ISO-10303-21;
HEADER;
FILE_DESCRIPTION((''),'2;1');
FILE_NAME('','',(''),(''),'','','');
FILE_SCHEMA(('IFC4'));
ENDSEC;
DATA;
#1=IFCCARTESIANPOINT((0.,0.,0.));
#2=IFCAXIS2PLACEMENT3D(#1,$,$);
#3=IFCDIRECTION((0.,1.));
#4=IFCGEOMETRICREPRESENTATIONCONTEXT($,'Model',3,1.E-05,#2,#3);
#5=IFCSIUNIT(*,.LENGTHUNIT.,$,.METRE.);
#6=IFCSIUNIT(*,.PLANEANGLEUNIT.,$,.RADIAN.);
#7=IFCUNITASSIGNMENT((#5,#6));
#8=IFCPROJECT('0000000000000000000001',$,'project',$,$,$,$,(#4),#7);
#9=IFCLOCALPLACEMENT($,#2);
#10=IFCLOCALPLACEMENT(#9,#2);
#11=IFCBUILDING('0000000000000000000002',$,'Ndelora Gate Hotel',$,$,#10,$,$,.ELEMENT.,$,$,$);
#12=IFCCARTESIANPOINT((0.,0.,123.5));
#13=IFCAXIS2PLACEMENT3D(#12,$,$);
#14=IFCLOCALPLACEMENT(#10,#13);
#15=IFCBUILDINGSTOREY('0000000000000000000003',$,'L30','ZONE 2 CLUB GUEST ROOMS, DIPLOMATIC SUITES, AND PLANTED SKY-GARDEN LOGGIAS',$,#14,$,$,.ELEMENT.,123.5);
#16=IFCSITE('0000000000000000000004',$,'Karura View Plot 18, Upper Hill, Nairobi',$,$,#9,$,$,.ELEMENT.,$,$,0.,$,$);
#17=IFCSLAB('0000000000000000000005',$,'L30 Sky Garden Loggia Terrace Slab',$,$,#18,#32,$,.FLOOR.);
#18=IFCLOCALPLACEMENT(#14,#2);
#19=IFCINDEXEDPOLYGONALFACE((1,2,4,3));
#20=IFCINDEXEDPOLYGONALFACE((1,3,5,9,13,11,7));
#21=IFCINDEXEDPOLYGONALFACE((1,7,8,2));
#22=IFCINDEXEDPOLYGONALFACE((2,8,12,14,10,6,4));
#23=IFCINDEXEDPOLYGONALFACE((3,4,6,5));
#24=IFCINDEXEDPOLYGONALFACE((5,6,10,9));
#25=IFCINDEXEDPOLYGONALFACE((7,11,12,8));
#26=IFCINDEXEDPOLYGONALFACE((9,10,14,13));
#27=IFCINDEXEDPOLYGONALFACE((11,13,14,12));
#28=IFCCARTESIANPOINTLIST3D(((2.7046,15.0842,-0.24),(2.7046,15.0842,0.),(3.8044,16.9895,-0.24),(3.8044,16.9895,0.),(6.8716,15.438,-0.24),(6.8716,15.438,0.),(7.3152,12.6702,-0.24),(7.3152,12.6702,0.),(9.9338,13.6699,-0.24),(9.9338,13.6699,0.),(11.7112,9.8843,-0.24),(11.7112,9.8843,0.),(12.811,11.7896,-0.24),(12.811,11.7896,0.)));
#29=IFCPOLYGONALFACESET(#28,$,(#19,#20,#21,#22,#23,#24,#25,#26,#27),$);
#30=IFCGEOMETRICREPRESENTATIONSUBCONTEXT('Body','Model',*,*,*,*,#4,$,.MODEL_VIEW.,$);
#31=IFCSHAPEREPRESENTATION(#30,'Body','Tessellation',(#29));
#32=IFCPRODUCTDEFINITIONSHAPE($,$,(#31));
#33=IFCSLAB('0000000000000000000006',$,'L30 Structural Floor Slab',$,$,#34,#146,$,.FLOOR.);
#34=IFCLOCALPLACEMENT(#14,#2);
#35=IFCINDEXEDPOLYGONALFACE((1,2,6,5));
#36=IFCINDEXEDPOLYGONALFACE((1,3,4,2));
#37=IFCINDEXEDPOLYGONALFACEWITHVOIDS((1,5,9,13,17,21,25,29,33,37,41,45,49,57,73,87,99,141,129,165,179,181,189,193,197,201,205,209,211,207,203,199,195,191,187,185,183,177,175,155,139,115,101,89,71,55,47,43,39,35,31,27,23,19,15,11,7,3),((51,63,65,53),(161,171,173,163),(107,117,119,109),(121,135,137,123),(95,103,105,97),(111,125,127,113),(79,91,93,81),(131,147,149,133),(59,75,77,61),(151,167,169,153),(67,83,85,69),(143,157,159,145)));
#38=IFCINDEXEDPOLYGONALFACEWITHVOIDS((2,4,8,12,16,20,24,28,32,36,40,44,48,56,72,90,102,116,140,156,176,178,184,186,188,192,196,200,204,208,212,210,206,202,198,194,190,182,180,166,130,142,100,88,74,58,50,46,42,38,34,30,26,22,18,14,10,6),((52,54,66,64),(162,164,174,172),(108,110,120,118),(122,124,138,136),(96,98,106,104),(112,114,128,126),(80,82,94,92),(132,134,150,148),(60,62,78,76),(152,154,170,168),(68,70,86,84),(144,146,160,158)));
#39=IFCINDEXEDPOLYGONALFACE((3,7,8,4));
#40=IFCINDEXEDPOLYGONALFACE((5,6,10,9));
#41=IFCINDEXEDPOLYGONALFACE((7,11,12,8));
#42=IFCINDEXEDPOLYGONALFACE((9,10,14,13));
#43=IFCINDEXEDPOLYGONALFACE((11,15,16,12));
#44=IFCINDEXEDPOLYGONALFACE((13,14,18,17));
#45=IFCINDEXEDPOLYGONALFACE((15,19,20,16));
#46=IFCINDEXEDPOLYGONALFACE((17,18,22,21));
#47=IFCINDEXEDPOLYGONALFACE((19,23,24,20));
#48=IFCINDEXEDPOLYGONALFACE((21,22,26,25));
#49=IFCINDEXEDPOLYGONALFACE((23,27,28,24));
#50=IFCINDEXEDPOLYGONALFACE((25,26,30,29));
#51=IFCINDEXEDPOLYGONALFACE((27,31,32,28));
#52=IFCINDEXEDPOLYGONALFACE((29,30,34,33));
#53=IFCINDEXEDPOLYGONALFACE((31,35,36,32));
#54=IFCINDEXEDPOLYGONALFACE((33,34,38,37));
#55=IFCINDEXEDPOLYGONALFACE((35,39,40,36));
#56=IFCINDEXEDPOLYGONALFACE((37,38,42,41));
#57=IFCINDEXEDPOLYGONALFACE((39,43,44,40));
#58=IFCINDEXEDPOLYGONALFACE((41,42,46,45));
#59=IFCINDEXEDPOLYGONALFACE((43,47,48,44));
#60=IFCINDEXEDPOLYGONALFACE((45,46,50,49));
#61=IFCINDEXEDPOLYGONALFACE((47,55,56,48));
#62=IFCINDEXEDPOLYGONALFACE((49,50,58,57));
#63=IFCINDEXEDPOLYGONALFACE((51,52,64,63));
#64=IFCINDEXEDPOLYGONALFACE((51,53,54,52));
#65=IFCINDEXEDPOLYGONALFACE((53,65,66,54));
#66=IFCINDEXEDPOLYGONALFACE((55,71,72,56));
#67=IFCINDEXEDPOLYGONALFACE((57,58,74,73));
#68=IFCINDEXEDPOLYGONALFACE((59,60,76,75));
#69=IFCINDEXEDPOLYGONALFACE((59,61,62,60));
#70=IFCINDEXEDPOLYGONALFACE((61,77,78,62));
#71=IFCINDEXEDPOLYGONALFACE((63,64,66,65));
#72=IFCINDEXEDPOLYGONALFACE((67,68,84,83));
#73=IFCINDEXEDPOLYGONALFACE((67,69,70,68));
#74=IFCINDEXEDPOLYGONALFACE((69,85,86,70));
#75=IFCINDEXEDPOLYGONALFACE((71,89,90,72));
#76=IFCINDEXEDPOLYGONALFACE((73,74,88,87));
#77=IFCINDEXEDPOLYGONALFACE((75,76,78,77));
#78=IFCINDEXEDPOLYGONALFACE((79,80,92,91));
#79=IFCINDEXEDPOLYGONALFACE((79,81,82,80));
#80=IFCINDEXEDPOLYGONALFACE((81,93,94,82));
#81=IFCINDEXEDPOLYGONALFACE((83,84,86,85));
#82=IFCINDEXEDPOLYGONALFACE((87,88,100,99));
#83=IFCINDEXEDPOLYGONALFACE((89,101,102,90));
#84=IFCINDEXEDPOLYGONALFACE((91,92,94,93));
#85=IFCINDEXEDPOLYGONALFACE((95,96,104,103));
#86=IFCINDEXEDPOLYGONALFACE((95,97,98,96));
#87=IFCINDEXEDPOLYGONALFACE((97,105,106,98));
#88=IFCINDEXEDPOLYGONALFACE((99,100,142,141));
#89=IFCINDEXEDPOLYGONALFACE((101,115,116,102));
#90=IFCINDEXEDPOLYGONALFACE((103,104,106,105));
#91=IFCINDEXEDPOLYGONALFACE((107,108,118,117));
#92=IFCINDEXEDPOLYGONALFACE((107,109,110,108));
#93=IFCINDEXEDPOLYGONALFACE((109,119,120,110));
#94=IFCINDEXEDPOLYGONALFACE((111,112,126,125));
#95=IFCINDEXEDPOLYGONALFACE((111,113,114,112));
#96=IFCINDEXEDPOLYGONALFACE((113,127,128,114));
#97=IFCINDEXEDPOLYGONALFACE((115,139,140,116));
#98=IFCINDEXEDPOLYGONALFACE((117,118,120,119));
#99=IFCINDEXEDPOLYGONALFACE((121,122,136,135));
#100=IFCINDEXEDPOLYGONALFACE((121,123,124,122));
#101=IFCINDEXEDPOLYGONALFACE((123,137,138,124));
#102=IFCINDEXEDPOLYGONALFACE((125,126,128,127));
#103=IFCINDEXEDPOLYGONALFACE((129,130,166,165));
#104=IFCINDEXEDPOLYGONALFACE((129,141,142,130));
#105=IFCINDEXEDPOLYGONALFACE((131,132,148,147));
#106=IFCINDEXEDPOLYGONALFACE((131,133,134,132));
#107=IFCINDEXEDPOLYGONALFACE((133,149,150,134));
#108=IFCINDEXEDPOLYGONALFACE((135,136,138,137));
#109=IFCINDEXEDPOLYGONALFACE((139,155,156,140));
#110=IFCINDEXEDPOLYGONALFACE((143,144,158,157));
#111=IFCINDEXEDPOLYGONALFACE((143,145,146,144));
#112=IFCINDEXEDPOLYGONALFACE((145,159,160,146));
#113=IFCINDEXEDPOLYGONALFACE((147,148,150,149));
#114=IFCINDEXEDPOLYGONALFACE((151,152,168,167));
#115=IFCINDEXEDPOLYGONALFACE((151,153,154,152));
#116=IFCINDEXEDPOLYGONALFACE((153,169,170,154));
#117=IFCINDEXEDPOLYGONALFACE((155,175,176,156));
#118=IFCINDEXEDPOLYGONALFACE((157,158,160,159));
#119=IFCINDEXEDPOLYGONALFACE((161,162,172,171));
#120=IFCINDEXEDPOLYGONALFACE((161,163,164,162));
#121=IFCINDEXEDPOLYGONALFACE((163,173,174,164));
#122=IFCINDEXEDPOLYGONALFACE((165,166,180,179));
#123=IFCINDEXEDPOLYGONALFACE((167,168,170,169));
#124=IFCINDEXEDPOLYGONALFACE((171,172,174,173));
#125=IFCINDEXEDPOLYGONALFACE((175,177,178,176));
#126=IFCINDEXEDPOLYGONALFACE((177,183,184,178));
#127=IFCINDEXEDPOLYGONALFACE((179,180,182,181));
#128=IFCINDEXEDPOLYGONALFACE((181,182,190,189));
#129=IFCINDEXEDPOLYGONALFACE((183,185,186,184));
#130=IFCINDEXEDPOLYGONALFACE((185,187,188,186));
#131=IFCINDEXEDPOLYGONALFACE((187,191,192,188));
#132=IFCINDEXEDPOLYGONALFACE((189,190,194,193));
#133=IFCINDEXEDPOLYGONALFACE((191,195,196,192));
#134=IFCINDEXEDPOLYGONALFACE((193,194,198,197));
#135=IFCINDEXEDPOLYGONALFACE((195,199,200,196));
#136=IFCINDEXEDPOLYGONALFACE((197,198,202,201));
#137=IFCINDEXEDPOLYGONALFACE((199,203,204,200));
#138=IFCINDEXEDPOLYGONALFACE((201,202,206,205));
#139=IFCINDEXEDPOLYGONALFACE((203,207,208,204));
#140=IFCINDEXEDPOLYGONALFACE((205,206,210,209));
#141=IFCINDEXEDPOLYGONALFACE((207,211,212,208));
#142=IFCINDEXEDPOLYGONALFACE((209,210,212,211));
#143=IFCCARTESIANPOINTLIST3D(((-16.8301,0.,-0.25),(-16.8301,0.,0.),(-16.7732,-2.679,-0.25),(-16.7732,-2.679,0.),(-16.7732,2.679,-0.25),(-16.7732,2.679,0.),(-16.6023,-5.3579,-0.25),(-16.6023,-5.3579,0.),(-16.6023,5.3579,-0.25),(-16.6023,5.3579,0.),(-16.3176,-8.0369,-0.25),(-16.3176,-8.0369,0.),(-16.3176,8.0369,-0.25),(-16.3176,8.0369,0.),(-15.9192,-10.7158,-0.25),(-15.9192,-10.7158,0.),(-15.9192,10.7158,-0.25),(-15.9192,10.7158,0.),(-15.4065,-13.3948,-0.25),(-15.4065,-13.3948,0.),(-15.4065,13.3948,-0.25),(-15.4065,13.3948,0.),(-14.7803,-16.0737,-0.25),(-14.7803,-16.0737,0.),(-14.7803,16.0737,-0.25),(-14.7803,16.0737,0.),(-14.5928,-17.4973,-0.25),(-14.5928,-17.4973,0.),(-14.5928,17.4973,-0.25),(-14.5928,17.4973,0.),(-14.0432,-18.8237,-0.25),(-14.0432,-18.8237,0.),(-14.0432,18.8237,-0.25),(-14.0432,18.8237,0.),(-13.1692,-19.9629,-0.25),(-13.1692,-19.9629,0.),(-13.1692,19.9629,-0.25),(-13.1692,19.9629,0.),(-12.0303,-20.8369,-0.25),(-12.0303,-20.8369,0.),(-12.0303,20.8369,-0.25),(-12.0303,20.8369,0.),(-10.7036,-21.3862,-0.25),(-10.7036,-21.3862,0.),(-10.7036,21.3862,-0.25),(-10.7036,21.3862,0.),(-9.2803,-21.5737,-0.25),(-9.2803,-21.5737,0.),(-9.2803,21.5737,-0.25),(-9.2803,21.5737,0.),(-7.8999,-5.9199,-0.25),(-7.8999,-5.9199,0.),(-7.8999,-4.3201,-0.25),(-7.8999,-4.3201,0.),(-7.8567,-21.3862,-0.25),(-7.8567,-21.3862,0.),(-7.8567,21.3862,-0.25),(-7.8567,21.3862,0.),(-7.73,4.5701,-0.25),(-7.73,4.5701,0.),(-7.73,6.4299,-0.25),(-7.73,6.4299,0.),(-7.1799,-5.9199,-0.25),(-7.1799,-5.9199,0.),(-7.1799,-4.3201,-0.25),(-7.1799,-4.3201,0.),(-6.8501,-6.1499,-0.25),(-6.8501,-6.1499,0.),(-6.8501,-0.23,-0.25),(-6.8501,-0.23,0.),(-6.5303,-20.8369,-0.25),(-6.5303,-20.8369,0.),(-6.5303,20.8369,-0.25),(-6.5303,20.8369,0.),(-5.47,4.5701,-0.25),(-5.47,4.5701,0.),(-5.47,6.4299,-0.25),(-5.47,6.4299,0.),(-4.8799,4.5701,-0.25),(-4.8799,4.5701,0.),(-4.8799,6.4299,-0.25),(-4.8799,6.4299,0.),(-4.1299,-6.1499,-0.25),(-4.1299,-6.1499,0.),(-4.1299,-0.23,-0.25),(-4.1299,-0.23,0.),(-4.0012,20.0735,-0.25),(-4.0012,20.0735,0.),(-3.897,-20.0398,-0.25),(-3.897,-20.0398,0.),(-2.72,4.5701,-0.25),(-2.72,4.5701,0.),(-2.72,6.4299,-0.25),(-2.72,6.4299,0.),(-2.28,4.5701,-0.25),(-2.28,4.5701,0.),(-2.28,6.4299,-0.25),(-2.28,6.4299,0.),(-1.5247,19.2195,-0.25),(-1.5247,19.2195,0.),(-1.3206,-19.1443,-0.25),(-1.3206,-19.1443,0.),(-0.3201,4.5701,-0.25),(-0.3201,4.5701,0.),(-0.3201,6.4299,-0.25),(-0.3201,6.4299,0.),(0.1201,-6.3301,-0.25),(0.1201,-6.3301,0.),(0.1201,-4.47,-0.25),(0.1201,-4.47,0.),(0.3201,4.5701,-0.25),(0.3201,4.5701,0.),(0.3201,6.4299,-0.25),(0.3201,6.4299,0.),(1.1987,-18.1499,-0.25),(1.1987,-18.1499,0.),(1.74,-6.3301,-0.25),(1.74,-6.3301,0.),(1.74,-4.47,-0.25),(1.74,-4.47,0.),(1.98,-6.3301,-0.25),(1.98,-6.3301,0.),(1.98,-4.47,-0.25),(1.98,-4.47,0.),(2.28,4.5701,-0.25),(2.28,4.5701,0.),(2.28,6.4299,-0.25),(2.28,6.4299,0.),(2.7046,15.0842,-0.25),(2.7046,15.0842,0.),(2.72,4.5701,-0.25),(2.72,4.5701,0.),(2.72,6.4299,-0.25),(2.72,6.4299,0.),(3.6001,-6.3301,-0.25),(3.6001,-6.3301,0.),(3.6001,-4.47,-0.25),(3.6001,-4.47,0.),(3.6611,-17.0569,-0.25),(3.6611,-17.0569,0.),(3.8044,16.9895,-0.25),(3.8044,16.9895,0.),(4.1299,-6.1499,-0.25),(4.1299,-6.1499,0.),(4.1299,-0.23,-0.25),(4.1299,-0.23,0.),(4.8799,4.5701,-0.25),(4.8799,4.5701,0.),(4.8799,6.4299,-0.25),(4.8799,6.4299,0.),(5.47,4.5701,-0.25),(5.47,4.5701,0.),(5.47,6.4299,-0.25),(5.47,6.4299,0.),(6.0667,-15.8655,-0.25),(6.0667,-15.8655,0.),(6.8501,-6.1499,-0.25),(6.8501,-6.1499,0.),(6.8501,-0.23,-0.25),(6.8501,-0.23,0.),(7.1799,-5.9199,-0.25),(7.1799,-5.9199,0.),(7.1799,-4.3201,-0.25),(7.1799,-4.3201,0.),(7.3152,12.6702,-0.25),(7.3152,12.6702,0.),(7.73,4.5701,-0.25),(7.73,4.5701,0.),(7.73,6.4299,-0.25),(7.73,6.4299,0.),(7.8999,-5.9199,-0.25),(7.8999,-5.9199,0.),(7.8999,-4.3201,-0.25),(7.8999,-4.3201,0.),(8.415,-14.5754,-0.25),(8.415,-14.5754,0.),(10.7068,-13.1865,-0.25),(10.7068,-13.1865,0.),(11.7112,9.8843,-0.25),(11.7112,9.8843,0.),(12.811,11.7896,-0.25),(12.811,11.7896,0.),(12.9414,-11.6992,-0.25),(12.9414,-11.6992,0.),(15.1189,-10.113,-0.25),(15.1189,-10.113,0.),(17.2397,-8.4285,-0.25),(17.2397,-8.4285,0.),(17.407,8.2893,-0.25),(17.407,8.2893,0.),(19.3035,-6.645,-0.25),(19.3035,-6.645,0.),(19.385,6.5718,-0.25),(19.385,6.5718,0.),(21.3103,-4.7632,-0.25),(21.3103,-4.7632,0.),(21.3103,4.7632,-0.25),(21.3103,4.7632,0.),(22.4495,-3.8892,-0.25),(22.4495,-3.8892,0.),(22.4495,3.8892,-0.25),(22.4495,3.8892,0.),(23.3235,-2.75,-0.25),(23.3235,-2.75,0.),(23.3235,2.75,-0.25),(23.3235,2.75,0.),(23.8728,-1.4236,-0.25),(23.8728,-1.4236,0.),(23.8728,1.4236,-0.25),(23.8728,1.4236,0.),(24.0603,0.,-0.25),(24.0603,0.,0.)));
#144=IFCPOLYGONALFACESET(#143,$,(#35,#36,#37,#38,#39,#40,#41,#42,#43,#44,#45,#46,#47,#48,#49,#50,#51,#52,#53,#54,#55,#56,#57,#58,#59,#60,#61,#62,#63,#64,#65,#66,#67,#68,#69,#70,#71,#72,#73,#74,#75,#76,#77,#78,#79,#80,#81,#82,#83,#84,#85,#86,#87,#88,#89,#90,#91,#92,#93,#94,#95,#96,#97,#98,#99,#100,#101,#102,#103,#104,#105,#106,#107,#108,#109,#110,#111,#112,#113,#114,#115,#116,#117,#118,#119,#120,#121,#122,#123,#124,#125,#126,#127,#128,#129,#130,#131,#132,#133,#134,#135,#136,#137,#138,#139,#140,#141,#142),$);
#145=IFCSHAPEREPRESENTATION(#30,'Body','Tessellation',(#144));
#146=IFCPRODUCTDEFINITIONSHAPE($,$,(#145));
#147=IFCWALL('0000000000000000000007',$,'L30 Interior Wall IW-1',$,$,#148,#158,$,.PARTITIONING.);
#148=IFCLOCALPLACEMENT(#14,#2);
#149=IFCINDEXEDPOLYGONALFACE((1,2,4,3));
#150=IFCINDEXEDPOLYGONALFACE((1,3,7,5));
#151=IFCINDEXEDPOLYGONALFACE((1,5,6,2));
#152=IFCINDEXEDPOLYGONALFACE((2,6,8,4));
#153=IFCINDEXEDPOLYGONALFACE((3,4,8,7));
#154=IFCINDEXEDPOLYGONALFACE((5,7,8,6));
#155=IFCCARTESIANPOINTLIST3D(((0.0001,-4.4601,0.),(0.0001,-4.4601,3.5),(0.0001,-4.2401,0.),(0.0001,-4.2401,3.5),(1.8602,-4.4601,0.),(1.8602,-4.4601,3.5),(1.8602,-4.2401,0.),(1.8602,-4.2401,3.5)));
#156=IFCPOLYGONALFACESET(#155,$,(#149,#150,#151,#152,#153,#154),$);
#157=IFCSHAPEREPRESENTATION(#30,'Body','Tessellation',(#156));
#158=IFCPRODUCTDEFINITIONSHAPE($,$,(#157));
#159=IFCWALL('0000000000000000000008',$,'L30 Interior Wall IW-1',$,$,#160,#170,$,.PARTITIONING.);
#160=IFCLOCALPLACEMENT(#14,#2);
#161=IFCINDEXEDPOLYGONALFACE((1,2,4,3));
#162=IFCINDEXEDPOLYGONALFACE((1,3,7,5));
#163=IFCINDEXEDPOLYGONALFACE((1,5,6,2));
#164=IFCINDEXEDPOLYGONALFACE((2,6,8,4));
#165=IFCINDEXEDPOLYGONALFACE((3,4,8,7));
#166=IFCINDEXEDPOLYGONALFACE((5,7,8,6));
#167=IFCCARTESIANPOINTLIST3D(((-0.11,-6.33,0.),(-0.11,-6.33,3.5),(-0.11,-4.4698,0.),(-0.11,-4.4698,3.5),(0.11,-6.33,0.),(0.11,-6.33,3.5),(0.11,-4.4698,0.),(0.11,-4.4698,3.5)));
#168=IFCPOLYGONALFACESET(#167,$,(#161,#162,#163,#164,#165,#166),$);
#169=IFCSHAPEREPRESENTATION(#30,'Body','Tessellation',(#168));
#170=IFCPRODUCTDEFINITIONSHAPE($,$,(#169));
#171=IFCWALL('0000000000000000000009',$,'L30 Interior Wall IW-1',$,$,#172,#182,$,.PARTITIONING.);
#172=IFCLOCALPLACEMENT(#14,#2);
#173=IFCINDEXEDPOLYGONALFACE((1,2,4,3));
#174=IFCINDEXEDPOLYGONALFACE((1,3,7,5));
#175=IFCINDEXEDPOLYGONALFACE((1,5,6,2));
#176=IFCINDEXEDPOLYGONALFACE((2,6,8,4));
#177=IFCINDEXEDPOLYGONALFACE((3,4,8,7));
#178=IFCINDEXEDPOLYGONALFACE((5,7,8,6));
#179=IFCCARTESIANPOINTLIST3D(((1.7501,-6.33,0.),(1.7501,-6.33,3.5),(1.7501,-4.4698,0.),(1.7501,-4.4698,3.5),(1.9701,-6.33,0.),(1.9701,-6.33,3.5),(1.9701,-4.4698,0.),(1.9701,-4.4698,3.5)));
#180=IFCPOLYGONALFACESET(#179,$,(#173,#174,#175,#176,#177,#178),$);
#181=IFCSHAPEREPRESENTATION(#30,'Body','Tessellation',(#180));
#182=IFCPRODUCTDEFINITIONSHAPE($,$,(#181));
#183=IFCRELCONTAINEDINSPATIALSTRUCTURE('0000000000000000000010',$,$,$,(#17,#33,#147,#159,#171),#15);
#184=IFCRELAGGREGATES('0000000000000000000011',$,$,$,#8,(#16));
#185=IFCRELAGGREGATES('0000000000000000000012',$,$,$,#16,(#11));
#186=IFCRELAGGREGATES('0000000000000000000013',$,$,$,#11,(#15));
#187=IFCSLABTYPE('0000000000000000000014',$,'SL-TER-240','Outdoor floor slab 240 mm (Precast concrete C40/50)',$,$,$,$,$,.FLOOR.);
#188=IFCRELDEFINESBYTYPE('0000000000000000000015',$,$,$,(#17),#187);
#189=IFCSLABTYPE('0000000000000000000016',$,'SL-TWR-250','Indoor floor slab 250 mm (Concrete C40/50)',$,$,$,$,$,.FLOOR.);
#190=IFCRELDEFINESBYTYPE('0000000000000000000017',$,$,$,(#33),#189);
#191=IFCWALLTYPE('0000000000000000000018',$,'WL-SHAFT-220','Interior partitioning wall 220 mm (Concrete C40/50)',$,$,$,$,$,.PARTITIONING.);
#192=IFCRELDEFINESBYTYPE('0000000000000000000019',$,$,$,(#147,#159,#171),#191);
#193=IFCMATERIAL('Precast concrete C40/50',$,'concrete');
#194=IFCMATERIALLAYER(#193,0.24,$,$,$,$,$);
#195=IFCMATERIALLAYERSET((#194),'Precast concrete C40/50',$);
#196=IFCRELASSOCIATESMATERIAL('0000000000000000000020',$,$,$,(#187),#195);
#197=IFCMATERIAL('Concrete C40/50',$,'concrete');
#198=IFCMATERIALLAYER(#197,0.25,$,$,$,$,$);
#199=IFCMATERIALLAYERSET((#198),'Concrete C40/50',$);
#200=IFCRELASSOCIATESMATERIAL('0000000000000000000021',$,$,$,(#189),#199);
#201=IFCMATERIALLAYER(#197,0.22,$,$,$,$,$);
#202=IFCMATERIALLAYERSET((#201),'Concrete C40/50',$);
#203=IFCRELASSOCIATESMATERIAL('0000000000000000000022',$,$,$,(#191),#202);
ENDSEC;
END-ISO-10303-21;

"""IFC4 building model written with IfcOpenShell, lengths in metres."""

from ifc_helpers import new_model, si_unit, direction, frame, frame_2d, origin, place, context, subcontext, project, spatial, polyline, rectangle, outline, extrude, material, layer, layer_set, type_object, element, save


model = new_model("IFC4")

# Units and contexts
model_context = context("Model", 3, precision=1e-05, world=origin(), true_north=direction((0.0, 1.0)))
body_context = subcontext(model_context, "Body", "Model", "MODEL_VIEW")
ifc_project = project(units=[si_unit("LENGTHUNIT", "METRE"), si_unit("PLANEANGLEUNIT", "RADIAN")], contexts=[model_context])

# Site, building, storey
site_placement = place(None, origin())
site = spatial("IfcSite", under=ifc_project, at=site_placement, Name="Karura View Plot 18, Upper Hill, Nairobi", CompositionType="ELEMENT", RefElevation=0.0)
building_placement = place(site_placement, origin())
building = spatial("IfcBuilding", under=site, at=building_placement, Name="Ndelora Gate Hotel", CompositionType="ELEMENT")
storey_placement = place(building_placement, frame((0.0, 0.0, 123.5)))
storey = spatial("IfcBuildingStorey", under=building, at=storey_placement, Name="L30", Description="ZONE 2 CLUB GUEST ROOMS, DIPLOMATIC SUITES, AND PLANTED SKY-GARDEN LOGGIAS", CompositionType="ELEMENT", Elevation=123.5)

# Slabs
ifc_material_1 = material(Name="Precast concrete C40/50", Category="concrete")
ifc_layer_1 = layer(ifc_material_1, 0.24)
ifc_layer_set_1 = layer_set([ifc_layer_1], Name="Precast concrete C40/50")
slab_type_1 = type_object("IfcSlabType", Name="SL-TER-240", Description="Outdoor floor slab 240 mm (Precast concrete C40/50)", PredefinedType="FLOOR", material=ifc_layer_set_1)
slab_1_placement = place(storey_placement, frame((0.0, 0.0, -0.24)))
element("IfcSlab", 1, at=slab_1_placement, inside=storey, type_object=slab_type_1, Name="L30 Sky Garden Loggia Terrace Slab", PredefinedType="FLOOR", context=body_context, shape_type="SweptSolid", body=[
    extrude(outline(polyline([(11.7112, 9.8843), (12.811, 11.7896), (9.9338, 13.6699), (6.8716, 15.438), (3.8044, 16.9895), (2.7046, 15.0842), (7.3152, 12.6702), (11.7112, 9.8843)])), origin(), (0.0, 0.0, 1.0), 0.24),
])
ifc_material_2 = material(Name="Concrete C40/50", Category="concrete")
ifc_layer_2 = layer(ifc_material_2, 0.25)
ifc_layer_set_2 = layer_set([ifc_layer_2], Name="Concrete C40/50")
slab_type_2 = type_object("IfcSlabType", Name="SL-TWR-250", Description="Indoor floor slab 250 mm (Concrete C40/50)", PredefinedType="FLOOR", material=ifc_layer_set_2)
slab_2_placement = place(storey_placement, frame((0.0, 0.0, -0.25)))
element("IfcSlab", 2, at=slab_2_placement, inside=storey, type_object=slab_type_2, Name="L30 Structural Floor Slab", PredefinedType="FLOOR", context=body_context, shape_type="SweptSolid", body=[
    extrude(outline(polyline([(-6.5303, 20.8369), (-7.8567, 21.3862), (-9.2803, 21.5737), (-10.7036, 21.3862), (-12.0303, 20.8369), (-13.1692, 19.9629), (-14.0432, 18.8237), (-14.5928, 17.4973), (-14.7803, 16.0737), (-15.4065, 13.3948), (-15.9192, 10.7158), (-16.3176, 8.0369), (-16.6023, 5.3579), (-16.7732, 2.679), (-16.8301, 0.0), (-16.7732, -2.679), (-16.6023, -5.3579), (-16.3176, -8.0369), (-15.9192, -10.7158), (-15.4065, -13.3948), (-14.7803, -16.0737), (-14.5928, -17.4973), (-14.0432, -18.8237), (-13.1692, -19.9629), (-12.0303, -20.8369), (-10.7036, -21.3862), (-9.2803, -21.5737), (-7.8567, -21.3862), (-6.5303, -20.8369), (-3.897, -20.0398), (-1.3206, -19.1443), (1.1987, -18.1499), (3.6611, -17.0569), (6.0667, -15.8655), (8.415, -14.5754), (10.7068, -13.1865), (12.9414, -11.6992), (15.1189, -10.113), (17.2397, -8.4285), (19.3035, -6.645), (21.3103, -4.7632), (22.4495, -3.8892), (23.3235, -2.75), (23.8728, -1.4236), (24.0603, 0.0), (23.8728, 1.4236), (23.3235, 2.75), (22.4495, 3.8892), (21.3103, 4.7632), (19.385, 6.5718), (17.407, 8.2893), (12.811, 11.7896), (11.7112, 9.8843), (7.3152, 12.6702), (2.7046, 15.0842), (3.8044, 16.9895), (-1.5247, 19.2195), (-4.0012, 20.0735), (-6.5303, 20.8369)]), holes=[polyline([(-6.8501, -0.23), (-6.8501, -6.1499), (-4.1299, -6.1499), (-4.1299, -0.23), (-6.8501, -0.23)]), polyline([(4.1299, -0.23), (4.1299, -6.1499), (6.8501, -6.1499), (6.8501, -0.23), (4.1299, -0.23)]), polyline([(-7.73, 4.5701), (-5.47, 4.5701), (-5.47, 6.4299), (-7.73, 6.4299), (-7.73, 4.5701)]), polyline([(5.47, 4.5701), (7.73, 4.5701), (7.73, 6.4299), (5.47, 6.4299), (5.47, 4.5701)]), polyline([(-4.8799, 4.5701), (-2.72, 4.5701), (-2.72, 6.4299), (-4.8799, 6.4299), (-4.8799, 4.5701)]), polyline([(2.72, 4.5701), (4.8799, 4.5701), (4.8799, 6.4299), (2.72, 6.4299), (2.72, 4.5701)]), polyline([(0.1201, -6.3301), (1.74, -6.3301), (1.74, -4.47), (0.1201, -4.47), (0.1201, -6.3301)]), polyline([(1.98, -6.3301), (3.6001, -6.3301), (3.6001, -4.47), (1.98, -4.47), (1.98, -6.3301)]), polyline([(-2.28, 4.5701), (-0.3201, 4.5701), (-0.3201, 6.4299), (-2.28, 6.4299), (-2.28, 4.5701)]), polyline([(0.3201, 4.5701), (2.28, 4.5701), (2.28, 6.4299), (0.3201, 6.4299), (0.3201, 4.5701)]), polyline([(-7.8999, -5.9199), (-7.1799, -5.9199), (-7.1799, -4.3201), (-7.8999, -4.3201), (-7.8999, -5.9199)]), polyline([(7.1799, -5.9199), (7.8999, -5.9199), (7.8999, -4.3201), (7.1799, -4.3201), (7.1799, -5.9199)])]), origin(), (0.0, 0.0, 1.0), 0.25),
])

# Walls
ifc_layer_3 = layer(ifc_material_2, 0.22)
ifc_layer_set_3 = layer_set([ifc_layer_3], Name="Concrete C40/50")
wall_type_1 = type_object("IfcWallType", Name="WL-SHAFT-220", Description="Interior partitioning wall 220 mm (Concrete C40/50)", PredefinedType="PARTITIONING", material=ifc_layer_set_3)
for number, where, z_axis, x_axis, name in (
    (3, (0.0, -4.3501, 0.0), (0.0, 0.0, 1.0), (1.0, 0.0, 0.0), "L30 Interior Wall IW-1"),
    (4, (0.0, -6.3301, 0.0), (0.0, 0.0, 1.0), (0.0, 1.0, 0.0), "L30 Interior Wall IW-1"),
    (5, (1.8601, -6.3301, 0.0), (0.0, 0.0, 1.0), (0.0, 1.0, 0.0), "L30 Interior Wall IW-1"),
):
    element("IfcWall", number, at=place(storey_placement, frame(where, z_axis=z_axis, x_axis=x_axis)), inside=storey, type_object=wall_type_1, Name=name, PredefinedType="PARTITIONING", context=body_context, shape_type="SweptSolid", body=[
        extrude(rectangle(XDim=1.8601, YDim=0.22, at=frame_2d((0.9302, 0.0))), origin(), (0.0, 0.0, 1.0), 3.5),
    ])

save(model, "model.ifc")
